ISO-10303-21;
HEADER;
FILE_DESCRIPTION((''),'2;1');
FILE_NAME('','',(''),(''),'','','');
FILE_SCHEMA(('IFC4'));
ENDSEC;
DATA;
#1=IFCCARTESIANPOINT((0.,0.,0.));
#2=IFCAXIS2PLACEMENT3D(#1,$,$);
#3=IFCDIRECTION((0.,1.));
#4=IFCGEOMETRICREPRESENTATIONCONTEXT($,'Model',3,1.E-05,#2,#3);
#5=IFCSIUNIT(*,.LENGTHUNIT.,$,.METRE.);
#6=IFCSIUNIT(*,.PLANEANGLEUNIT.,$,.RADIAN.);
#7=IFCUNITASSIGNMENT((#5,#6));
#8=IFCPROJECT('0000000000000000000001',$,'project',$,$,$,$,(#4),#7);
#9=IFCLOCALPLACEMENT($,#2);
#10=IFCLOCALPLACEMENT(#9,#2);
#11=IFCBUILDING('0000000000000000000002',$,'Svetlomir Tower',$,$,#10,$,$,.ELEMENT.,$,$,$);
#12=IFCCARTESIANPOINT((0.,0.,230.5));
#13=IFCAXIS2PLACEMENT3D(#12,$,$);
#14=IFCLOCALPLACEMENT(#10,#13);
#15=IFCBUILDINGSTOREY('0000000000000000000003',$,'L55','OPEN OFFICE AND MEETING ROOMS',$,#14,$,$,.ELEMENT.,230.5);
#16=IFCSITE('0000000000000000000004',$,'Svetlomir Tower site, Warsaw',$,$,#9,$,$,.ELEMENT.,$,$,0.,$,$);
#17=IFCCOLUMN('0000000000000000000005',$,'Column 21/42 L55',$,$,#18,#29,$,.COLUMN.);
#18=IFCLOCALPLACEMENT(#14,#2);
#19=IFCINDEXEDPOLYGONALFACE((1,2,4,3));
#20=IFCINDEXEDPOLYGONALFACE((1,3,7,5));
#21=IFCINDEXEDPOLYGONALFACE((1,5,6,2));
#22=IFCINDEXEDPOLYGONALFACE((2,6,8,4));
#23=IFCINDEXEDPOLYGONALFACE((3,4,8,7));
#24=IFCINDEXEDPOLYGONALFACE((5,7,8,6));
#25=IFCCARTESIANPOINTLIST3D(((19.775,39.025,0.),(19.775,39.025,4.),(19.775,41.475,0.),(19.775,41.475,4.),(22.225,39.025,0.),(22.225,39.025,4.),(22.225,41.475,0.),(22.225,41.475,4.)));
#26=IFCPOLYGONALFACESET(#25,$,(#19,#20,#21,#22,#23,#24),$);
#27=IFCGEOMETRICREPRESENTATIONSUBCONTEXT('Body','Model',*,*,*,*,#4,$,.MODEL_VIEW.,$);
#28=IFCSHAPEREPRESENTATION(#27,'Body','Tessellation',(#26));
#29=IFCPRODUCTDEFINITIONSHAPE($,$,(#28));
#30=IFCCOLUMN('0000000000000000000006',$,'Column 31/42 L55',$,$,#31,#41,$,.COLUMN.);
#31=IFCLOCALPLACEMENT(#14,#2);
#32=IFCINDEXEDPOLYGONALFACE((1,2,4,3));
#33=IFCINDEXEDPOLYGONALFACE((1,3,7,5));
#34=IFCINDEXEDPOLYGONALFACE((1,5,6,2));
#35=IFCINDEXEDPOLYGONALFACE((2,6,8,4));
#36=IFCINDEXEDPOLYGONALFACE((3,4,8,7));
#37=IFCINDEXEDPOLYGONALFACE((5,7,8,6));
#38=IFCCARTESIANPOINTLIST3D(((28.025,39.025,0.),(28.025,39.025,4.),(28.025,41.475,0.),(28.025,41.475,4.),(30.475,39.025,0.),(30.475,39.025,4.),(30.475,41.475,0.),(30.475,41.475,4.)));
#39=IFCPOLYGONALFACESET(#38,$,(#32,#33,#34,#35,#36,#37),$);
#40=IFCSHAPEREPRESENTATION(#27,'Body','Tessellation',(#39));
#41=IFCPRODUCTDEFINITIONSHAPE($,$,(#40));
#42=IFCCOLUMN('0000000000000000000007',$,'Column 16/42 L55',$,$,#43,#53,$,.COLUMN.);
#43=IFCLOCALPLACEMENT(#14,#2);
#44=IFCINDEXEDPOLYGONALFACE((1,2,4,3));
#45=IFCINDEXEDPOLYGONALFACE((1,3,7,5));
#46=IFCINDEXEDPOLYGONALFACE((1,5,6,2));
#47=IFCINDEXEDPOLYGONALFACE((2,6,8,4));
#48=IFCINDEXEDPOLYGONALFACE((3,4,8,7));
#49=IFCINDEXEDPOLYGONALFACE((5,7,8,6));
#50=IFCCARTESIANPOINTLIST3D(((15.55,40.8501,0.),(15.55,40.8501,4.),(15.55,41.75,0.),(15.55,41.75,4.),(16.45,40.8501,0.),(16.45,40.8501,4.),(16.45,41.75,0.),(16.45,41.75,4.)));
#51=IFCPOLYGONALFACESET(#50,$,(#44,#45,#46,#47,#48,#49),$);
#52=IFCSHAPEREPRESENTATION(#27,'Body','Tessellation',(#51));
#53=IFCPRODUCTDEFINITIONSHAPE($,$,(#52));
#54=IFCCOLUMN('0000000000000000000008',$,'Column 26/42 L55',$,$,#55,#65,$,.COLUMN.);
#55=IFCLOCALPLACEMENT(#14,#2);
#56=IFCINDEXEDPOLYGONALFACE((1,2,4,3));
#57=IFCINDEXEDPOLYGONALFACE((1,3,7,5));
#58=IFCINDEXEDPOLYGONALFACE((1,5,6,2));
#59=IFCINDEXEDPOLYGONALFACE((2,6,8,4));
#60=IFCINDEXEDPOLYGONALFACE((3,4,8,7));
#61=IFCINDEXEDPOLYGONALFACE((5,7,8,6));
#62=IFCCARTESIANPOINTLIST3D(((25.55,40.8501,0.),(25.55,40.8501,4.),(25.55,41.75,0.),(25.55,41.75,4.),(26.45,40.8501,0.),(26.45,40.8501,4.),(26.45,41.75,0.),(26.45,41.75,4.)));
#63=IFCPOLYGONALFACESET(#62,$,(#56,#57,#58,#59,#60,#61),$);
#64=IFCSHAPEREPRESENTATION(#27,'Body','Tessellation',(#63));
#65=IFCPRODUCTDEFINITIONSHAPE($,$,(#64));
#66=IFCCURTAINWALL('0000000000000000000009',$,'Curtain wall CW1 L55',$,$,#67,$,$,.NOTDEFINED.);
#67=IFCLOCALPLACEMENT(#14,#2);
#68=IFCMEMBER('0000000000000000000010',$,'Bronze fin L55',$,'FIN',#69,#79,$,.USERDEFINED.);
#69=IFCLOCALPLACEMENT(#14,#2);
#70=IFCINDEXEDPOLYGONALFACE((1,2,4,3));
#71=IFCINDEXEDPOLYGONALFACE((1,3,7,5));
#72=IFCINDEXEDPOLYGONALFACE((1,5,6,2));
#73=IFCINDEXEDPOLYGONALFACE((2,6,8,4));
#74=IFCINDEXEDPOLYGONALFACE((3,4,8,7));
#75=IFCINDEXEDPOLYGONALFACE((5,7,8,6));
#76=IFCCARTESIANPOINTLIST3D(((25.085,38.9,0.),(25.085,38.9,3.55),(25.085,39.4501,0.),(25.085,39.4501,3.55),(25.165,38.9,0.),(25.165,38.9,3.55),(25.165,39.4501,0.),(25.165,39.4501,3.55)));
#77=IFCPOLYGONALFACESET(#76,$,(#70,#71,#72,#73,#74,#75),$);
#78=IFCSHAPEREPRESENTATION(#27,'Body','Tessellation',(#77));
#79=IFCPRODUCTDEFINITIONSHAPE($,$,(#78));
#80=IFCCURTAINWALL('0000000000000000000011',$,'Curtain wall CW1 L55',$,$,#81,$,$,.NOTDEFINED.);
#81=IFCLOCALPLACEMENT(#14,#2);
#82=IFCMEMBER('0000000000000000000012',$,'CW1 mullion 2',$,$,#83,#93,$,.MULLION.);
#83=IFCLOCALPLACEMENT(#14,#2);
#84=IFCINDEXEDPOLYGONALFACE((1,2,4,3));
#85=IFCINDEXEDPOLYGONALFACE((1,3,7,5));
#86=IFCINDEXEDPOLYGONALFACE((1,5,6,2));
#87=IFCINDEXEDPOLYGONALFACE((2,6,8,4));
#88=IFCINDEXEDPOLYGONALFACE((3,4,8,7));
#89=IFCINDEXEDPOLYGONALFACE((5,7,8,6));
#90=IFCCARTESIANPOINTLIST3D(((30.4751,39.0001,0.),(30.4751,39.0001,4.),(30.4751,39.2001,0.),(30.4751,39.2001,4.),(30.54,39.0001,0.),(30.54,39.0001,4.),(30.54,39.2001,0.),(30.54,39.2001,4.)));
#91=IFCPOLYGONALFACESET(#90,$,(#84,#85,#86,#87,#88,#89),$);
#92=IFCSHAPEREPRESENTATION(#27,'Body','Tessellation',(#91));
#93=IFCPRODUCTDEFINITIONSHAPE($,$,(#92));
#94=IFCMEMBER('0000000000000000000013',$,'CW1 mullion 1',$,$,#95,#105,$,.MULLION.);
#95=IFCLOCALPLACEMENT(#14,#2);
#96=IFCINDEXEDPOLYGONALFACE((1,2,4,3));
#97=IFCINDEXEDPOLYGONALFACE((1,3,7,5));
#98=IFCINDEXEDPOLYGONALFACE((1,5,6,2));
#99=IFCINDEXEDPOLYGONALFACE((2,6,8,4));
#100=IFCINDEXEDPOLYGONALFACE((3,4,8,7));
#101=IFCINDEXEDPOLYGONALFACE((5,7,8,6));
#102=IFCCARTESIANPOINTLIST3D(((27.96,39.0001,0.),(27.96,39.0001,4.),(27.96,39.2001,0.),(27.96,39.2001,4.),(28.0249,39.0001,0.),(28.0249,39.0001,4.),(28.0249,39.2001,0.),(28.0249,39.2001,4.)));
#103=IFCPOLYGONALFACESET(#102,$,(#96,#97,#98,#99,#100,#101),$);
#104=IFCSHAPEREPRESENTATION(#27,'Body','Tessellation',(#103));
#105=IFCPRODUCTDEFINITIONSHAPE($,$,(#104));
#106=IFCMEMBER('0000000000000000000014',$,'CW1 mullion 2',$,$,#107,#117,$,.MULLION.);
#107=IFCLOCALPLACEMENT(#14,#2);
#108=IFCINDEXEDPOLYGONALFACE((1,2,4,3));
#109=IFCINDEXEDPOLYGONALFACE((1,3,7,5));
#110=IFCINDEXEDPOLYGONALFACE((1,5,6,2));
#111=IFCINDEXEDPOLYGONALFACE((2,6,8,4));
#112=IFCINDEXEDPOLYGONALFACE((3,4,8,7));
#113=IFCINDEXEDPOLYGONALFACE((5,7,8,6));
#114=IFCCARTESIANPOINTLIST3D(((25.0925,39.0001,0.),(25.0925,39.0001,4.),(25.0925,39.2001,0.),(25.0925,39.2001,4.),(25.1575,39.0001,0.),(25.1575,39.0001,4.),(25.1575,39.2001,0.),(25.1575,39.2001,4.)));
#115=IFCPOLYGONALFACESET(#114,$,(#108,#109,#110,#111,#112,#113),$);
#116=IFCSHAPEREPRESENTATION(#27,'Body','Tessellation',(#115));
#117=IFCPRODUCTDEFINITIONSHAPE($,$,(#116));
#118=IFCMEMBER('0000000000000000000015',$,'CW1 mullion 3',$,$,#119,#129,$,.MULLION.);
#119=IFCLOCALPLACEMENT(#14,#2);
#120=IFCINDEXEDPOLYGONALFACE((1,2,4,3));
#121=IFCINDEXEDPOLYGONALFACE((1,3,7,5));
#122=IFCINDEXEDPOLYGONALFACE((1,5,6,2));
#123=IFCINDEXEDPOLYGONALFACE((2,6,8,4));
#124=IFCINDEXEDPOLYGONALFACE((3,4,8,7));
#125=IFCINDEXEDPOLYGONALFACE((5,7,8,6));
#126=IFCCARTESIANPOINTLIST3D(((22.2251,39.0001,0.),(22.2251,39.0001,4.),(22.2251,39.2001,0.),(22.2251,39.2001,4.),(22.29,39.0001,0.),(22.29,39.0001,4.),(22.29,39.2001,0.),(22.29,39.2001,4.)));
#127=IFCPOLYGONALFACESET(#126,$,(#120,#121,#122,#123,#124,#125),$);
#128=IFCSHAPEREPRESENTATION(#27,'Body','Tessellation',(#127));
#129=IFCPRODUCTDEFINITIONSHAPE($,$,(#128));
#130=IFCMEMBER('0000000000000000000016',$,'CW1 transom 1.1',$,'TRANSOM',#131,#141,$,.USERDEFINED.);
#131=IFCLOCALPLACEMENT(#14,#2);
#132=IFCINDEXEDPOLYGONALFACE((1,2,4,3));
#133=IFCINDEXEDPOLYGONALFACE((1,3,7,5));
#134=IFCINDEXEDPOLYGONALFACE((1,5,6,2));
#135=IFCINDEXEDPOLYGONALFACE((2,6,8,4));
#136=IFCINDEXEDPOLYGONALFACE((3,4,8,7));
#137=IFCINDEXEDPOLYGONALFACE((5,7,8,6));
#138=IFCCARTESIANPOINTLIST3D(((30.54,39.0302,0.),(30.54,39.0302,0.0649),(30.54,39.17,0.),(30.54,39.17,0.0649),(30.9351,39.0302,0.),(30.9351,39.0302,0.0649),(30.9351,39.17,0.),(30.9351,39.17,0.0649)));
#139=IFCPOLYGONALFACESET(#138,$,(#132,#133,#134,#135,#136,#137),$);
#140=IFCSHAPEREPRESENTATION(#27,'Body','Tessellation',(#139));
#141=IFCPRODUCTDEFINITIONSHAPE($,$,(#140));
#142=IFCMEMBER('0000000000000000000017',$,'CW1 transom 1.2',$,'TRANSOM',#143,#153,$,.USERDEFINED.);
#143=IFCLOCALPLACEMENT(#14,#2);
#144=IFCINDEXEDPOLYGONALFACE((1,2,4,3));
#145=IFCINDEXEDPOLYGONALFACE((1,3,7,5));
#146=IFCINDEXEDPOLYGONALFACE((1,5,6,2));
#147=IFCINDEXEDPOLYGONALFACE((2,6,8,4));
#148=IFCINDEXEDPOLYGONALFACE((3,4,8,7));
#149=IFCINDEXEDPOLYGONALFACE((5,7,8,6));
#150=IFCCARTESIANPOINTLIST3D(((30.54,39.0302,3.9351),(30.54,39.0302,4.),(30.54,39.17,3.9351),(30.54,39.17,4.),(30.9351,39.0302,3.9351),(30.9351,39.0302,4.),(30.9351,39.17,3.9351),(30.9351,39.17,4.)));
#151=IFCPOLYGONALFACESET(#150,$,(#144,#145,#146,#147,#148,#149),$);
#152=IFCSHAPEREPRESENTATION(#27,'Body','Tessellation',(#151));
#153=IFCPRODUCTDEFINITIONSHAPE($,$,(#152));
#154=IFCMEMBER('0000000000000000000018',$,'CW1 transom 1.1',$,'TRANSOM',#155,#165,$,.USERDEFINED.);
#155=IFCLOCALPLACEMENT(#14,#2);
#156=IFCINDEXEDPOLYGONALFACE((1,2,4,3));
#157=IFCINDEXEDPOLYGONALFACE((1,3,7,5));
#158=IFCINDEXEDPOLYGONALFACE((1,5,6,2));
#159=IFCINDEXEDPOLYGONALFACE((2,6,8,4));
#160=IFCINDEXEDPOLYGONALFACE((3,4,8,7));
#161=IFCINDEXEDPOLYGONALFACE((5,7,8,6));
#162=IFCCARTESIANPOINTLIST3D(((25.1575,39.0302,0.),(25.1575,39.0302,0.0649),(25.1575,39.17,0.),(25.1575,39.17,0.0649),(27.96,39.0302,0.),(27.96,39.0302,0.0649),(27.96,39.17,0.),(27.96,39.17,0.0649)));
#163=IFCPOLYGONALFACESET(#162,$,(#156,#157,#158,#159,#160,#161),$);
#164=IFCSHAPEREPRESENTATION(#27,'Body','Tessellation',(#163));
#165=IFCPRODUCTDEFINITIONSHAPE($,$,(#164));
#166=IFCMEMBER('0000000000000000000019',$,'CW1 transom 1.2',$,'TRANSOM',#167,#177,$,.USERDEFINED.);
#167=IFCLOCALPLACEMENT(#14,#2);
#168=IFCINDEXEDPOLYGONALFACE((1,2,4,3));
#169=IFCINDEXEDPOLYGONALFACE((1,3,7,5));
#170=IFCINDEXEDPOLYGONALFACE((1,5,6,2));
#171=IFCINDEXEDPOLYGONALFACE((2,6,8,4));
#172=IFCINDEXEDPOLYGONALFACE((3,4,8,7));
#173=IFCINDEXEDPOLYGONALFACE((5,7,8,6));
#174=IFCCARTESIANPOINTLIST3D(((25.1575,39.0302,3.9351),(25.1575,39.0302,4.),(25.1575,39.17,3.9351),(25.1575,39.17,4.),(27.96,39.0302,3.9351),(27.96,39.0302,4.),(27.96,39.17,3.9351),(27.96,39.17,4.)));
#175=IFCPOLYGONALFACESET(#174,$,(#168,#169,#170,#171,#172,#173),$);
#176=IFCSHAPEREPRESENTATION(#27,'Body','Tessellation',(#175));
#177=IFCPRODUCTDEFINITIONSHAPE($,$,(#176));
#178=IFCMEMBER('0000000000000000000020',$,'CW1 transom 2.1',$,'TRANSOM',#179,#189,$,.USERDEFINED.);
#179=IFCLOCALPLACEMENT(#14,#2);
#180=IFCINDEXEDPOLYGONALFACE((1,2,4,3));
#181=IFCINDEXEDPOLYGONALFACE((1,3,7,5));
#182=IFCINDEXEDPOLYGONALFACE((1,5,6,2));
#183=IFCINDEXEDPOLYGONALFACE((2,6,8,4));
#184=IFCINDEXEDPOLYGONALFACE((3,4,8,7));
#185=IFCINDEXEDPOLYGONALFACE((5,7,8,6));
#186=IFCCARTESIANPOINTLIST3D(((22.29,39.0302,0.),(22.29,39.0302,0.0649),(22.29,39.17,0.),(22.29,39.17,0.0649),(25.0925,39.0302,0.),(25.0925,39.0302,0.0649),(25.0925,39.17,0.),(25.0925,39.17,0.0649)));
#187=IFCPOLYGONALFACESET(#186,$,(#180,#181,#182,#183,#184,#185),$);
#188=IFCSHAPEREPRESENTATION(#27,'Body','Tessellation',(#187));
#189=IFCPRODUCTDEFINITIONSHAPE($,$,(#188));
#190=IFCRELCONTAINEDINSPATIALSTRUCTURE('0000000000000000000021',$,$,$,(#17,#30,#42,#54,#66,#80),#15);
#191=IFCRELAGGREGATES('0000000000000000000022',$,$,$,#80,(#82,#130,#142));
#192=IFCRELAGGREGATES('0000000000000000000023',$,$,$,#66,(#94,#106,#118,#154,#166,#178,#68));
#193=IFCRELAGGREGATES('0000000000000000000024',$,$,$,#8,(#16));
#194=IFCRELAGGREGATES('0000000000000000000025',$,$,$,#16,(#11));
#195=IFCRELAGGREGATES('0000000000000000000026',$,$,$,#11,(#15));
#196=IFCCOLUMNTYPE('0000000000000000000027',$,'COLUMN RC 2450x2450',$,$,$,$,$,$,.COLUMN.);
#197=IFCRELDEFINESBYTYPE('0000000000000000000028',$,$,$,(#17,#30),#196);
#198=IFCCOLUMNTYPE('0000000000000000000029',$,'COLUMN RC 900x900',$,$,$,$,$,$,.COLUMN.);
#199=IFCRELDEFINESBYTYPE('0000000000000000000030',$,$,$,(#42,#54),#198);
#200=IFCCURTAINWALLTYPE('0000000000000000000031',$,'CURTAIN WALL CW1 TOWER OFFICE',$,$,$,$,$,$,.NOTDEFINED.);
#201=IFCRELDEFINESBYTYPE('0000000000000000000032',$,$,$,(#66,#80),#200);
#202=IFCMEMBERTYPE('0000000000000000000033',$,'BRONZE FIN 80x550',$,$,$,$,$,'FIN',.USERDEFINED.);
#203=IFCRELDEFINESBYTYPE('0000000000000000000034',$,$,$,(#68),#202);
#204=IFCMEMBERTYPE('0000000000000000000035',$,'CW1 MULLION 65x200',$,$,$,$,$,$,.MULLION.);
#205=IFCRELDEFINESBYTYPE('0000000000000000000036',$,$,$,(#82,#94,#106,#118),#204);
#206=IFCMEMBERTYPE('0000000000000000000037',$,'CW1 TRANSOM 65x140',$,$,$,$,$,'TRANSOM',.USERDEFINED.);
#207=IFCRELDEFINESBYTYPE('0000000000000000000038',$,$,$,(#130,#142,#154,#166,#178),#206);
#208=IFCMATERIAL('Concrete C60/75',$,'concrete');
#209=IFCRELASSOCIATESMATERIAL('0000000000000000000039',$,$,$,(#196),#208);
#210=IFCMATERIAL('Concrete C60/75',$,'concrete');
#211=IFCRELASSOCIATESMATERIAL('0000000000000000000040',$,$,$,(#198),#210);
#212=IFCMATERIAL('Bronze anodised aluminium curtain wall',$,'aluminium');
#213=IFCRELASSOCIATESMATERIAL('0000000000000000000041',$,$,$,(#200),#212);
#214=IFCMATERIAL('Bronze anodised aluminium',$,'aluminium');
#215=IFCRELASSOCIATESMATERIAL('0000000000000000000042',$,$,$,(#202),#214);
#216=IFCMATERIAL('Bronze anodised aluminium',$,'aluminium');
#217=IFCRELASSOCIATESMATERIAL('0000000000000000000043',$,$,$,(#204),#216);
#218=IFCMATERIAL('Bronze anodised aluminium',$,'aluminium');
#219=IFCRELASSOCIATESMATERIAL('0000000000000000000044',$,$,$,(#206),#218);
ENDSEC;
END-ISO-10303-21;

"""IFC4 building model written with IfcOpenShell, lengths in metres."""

from ifc_helpers import new_model, si_unit, direction, frame, origin, origin_2d, place, context, subcontext, project, spatial, rectangle, extrude, material, material_profile, profile_set, type_object, element, aggregate, save


model = new_model("IFC4")

# Units and contexts
model_context = context("Model", 3, precision=1e-05, world=origin(), true_north=direction((0.0, 1.0)))
body_context = subcontext(model_context, "Body", "Model", "MODEL_VIEW")
ifc_project = project(units=[si_unit("LENGTHUNIT", "METRE"), si_unit("PLANEANGLEUNIT", "RADIAN")], contexts=[model_context])

# Site, building, storey
site_placement = place(None, origin())
site = spatial("IfcSite", under=ifc_project, at=site_placement, Name="Svetlomir Tower site, Warsaw", CompositionType="ELEMENT", RefElevation=0.0)
building_placement = place(site_placement, origin())
building = spatial("IfcBuilding", under=site, at=building_placement, Name="Svetlomir Tower", CompositionType="ELEMENT")
storey_placement = place(building_placement, frame((0.0, 0.0, 230.5)))
storey = spatial("IfcBuildingStorey", under=building, at=storey_placement, Name="L55", Description="OPEN OFFICE AND MEETING ROOMS", CompositionType="ELEMENT", Elevation=230.5)

# Columns
ifc_material_1 = material(Name="Concrete C60/75", Category="concrete")
ifc_material_profile_1 = material_profile(ifc_material_1, rectangle(XDim=2.45, YDim=2.45, at=origin_2d()), Name="RC 2450x2450")
ifc_profile_set_1 = profile_set([ifc_material_profile_1], Name="Concrete C60/75")
column_type_1 = type_object("IfcColumnType", Name="COLUMN RC 2450x2450", PredefinedType="COLUMN", material=ifc_profile_set_1)
for number, where, z_axis, x_axis, name in (
    (1, (21.0, 40.25, 0.0), (0.0, 0.0, 1.0), (1.0, 0.0, 0.0), "Column 21/42 L55"),
    (2, (29.25, 40.25, 0.0), (0.0, 0.0, 1.0), (1.0, 0.0, 0.0), "Column 31/42 L55"),
):
    element("IfcColumn", number, at=place(storey_placement, frame(where, z_axis=z_axis, x_axis=x_axis)), inside=storey, type_object=column_type_1, Name=name, PredefinedType="COLUMN", context=body_context, shape_type="SweptSolid", body=[
        extrude(rectangle(XDim=2.45, YDim=2.45, at=origin_2d()), origin(), (0.0, 0.0, 1.0), 4.0),
    ])
ifc_material_2 = material(Name="Concrete C60/75", Category="concrete")
ifc_material_profile_2 = material_profile(ifc_material_2, rectangle(XDim=0.8999, YDim=0.8999, at=origin_2d()), Name="RC 900x900")
ifc_profile_set_2 = profile_set([ifc_material_profile_2], Name="Concrete C60/75")
column_type_2 = type_object("IfcColumnType", Name="COLUMN RC 900x900", PredefinedType="COLUMN", material=ifc_profile_set_2)
for number, where, z_axis, x_axis, name in (
    (3, (16.0, 41.3, 0.0), (0.0, 0.0, 1.0), (1.0, 0.0, 0.0), "Column 16/42 L55"),
    (4, (26.0, 41.3, 0.0), (0.0, 0.0, 1.0), (1.0, 0.0, 0.0), "Column 26/42 L55"),
):
    element("IfcColumn", number, at=place(storey_placement, frame(where, z_axis=z_axis, x_axis=x_axis)), inside=storey, type_object=column_type_2, Name=name, PredefinedType="COLUMN", context=body_context, shape_type="SweptSolid", body=[
        extrude(rectangle(XDim=0.8999, YDim=0.8999, at=origin_2d()), origin(), (0.0, 0.0, 1.0), 4.0),
    ])

# Curtain walls, members
ifc_material_3 = material(Name="Bronze anodised aluminium curtain wall", Category="aluminium")
curtain_wall_type = type_object("IfcCurtainWallType", Name="CURTAIN WALL CW1 TOWER OFFICE", PredefinedType="NOTDEFINED", material=ifc_material_3)
curtain_wall_1_placement = place(storey_placement, origin())
curtain_wall_1 = element("IfcCurtainWall", 5, at=curtain_wall_1_placement, inside=storey, type_object=curtain_wall_type, Name="Curtain wall CW1 L55", PredefinedType="NOTDEFINED")
ifc_material_4 = material(Name="Bronze anodised aluminium", Category="aluminium")
ifc_material_profile_3 = material_profile(ifc_material_4, rectangle(XDim=0.0801, YDim=0.55, at=origin_2d()), Name="FIN 80x550")
ifc_profile_set_3 = profile_set([ifc_material_profile_3], Name="Bronze anodised aluminium 6063-T6")
member_type_1 = type_object("IfcMemberType", Name="BRONZE FIN 80x550", ElementType="FIN", PredefinedType="USERDEFINED", material=ifc_profile_set_3)
member_1_placement = place(storey_placement, frame((25.125, 39.175, 0.0), z_axis=(0.0, 0.0, 1.0), x_axis=(1.0, 0.0, 0.0)))
member_1 = element("IfcMember", 6, at=member_1_placement, type_object=member_type_1, Name="Bronze fin L55", ObjectType="FIN", PredefinedType="USERDEFINED", context=body_context, shape_type="SweptSolid", body=[
    extrude(rectangle(XDim=0.0801, YDim=0.55, at=origin_2d()), origin(), (0.0, 0.0, 1.0), 3.55),
])
curtain_wall_2_placement = place(storey_placement, origin())
curtain_wall_2 = element("IfcCurtainWall", 7, at=curtain_wall_2_placement, inside=storey, type_object=curtain_wall_type, Name="Curtain wall CW1 L55", PredefinedType="NOTDEFINED")
ifc_material_5 = material(Name="Bronze anodised aluminium", Category="aluminium")
ifc_material_profile_4 = material_profile(ifc_material_5, rectangle(XDim=0.0649, YDim=0.2, at=origin_2d()), Name="AL 65x200")
ifc_profile_set_4 = profile_set([ifc_material_profile_4], Name="Bronze anodised aluminium 6063-T6")
member_type_2 = type_object("IfcMemberType", Name="CW1 MULLION 65x200", PredefinedType="MULLION", material=ifc_profile_set_4)
member_2_placement = place(storey_placement, frame((30.5076, 39.1001, 0.0), z_axis=(0.0, 0.0, 1.0), x_axis=(-1.0, 0.0, 0.0)))
member_2 = element("IfcMember", 8, at=member_2_placement, type_object=member_type_2, Name="CW1 mullion 2", PredefinedType="MULLION", context=body_context, shape_type="SweptSolid", body=[
    extrude(rectangle(XDim=0.0649, YDim=0.2, at=origin_2d()), origin(), (0.0, 0.0, 1.0), 4.0),
])

# Members
member_3_placement = place(storey_placement, frame((27.9924, 39.1001, 0.0), z_axis=(0.0, 0.0, 1.0), x_axis=(-1.0, 0.0, 0.0)))
member_3 = element("IfcMember", 9, at=member_3_placement, type_object=member_type_2, Name="CW1 mullion 1", PredefinedType="MULLION", context=body_context, shape_type="SweptSolid", body=[
    extrude(rectangle(XDim=0.0649, YDim=0.2, at=origin_2d()), origin(), (0.0, 0.0, 1.0), 4.0),
])
member_4_placement = place(storey_placement, frame((25.125, 39.1001, 0.0), z_axis=(0.0, 0.0, 1.0), x_axis=(-1.0, 0.0, 0.0)))
member_4 = element("IfcMember", 10, at=member_4_placement, type_object=member_type_2, Name="CW1 mullion 2", PredefinedType="MULLION", context=body_context, shape_type="SweptSolid", body=[
    extrude(rectangle(XDim=0.0649, YDim=0.2, at=origin_2d()), origin(), (0.0, 0.0, 1.0), 4.0),
])
member_5_placement = place(storey_placement, frame((22.2576, 39.1001, 0.0), z_axis=(0.0, 0.0, 1.0), x_axis=(-1.0, 0.0, 0.0)))
member_5 = element("IfcMember", 11, at=member_5_placement, type_object=member_type_2, Name="CW1 mullion 3", PredefinedType="MULLION", context=body_context, shape_type="SweptSolid", body=[
    extrude(rectangle(XDim=0.0649, YDim=0.2, at=origin_2d()), origin(), (0.0, 0.0, 1.0), 4.0),
])
ifc_material_6 = material(Name="Bronze anodised aluminium", Category="aluminium")
ifc_material_profile_5 = material_profile(ifc_material_6, rectangle(XDim=0.1399, YDim=0.0649, at=origin_2d()), Name="AL 140x65")
ifc_profile_set_5 = profile_set([ifc_material_profile_5], Name="Bronze anodised aluminium 6063-T6")
member_type_3 = type_object("IfcMemberType", Name="CW1 TRANSOM 65x140", ElementType="TRANSOM", PredefinedType="USERDEFINED", material=ifc_profile_set_5)
member_6_placement = place(storey_placement, frame((30.9351, 39.1001, 0.0325), z_axis=(-1.0, 0.0, 0.0), x_axis=(0.0, -1.0, 0.0)))
member_6 = element("IfcMember", 12, at=member_6_placement, type_object=member_type_3, Name="CW1 transom 1.1", ObjectType="TRANSOM", PredefinedType="USERDEFINED", context=body_context, shape_type="SweptSolid", body=[
    extrude(rectangle(XDim=0.1399, YDim=0.0649, at=origin_2d()), origin(), (0.0, 0.0, 1.0), 0.395),
])
member_7_placement = place(storey_placement, frame((30.9351, 39.1001, 3.9675), z_axis=(-1.0, 0.0, 0.0), x_axis=(0.0, -1.0, 0.0)))
member_7 = element("IfcMember", 13, at=member_7_placement, type_object=member_type_3, Name="CW1 transom 1.2", ObjectType="TRANSOM", PredefinedType="USERDEFINED", context=body_context, shape_type="SweptSolid", body=[
    extrude(rectangle(XDim=0.1399, YDim=0.0649, at=origin_2d()), origin(), (0.0, 0.0, 1.0), 0.395),
])
member_8_placement = place(storey_placement, frame((27.96, 39.1001, 0.0325), z_axis=(-1.0, 0.0, 0.0), x_axis=(0.0, -1.0, 0.0)))
member_8 = element("IfcMember", 14, at=member_8_placement, type_object=member_type_3, Name="CW1 transom 1.1", ObjectType="TRANSOM", PredefinedType="USERDEFINED", context=body_context, shape_type="SweptSolid", body=[
    extrude(rectangle(XDim=0.1399, YDim=0.0649, at=origin_2d()), origin(), (0.0, 0.0, 1.0), 2.8025),
])
member_9_placement = place(storey_placement, frame((27.96, 39.1001, 3.9675), z_axis=(-1.0, 0.0, 0.0), x_axis=(0.0, -1.0, 0.0)))
member_9 = element("IfcMember", 15, at=member_9_placement, type_object=member_type_3, Name="CW1 transom 1.2", ObjectType="TRANSOM", PredefinedType="USERDEFINED", context=body_context, shape_type="SweptSolid", body=[
    extrude(rectangle(XDim=0.1399, YDim=0.0649, at=origin_2d()), origin(), (0.0, 0.0, 1.0), 2.8025),
])
member_10_placement = place(storey_placement, frame((25.0925, 39.1001, 0.0325), z_axis=(-1.0, 0.0, 0.0), x_axis=(0.0, -1.0, 0.0)))
member_10 = element("IfcMember", 16, at=member_10_placement, type_object=member_type_3, Name="CW1 transom 2.1", ObjectType="TRANSOM", PredefinedType="USERDEFINED", context=body_context, shape_type="SweptSolid", body=[
    extrude(rectangle(XDim=0.1399, YDim=0.0649, at=origin_2d()), origin(), (0.0, 0.0, 1.0), 2.8025),
])

aggregate(curtain_wall_2, [member_2, member_6, member_7])
aggregate(curtain_wall_1, [member_3, member_4, member_5, member_8, member_9, member_10, member_1])

save(model, "model.ifc")
